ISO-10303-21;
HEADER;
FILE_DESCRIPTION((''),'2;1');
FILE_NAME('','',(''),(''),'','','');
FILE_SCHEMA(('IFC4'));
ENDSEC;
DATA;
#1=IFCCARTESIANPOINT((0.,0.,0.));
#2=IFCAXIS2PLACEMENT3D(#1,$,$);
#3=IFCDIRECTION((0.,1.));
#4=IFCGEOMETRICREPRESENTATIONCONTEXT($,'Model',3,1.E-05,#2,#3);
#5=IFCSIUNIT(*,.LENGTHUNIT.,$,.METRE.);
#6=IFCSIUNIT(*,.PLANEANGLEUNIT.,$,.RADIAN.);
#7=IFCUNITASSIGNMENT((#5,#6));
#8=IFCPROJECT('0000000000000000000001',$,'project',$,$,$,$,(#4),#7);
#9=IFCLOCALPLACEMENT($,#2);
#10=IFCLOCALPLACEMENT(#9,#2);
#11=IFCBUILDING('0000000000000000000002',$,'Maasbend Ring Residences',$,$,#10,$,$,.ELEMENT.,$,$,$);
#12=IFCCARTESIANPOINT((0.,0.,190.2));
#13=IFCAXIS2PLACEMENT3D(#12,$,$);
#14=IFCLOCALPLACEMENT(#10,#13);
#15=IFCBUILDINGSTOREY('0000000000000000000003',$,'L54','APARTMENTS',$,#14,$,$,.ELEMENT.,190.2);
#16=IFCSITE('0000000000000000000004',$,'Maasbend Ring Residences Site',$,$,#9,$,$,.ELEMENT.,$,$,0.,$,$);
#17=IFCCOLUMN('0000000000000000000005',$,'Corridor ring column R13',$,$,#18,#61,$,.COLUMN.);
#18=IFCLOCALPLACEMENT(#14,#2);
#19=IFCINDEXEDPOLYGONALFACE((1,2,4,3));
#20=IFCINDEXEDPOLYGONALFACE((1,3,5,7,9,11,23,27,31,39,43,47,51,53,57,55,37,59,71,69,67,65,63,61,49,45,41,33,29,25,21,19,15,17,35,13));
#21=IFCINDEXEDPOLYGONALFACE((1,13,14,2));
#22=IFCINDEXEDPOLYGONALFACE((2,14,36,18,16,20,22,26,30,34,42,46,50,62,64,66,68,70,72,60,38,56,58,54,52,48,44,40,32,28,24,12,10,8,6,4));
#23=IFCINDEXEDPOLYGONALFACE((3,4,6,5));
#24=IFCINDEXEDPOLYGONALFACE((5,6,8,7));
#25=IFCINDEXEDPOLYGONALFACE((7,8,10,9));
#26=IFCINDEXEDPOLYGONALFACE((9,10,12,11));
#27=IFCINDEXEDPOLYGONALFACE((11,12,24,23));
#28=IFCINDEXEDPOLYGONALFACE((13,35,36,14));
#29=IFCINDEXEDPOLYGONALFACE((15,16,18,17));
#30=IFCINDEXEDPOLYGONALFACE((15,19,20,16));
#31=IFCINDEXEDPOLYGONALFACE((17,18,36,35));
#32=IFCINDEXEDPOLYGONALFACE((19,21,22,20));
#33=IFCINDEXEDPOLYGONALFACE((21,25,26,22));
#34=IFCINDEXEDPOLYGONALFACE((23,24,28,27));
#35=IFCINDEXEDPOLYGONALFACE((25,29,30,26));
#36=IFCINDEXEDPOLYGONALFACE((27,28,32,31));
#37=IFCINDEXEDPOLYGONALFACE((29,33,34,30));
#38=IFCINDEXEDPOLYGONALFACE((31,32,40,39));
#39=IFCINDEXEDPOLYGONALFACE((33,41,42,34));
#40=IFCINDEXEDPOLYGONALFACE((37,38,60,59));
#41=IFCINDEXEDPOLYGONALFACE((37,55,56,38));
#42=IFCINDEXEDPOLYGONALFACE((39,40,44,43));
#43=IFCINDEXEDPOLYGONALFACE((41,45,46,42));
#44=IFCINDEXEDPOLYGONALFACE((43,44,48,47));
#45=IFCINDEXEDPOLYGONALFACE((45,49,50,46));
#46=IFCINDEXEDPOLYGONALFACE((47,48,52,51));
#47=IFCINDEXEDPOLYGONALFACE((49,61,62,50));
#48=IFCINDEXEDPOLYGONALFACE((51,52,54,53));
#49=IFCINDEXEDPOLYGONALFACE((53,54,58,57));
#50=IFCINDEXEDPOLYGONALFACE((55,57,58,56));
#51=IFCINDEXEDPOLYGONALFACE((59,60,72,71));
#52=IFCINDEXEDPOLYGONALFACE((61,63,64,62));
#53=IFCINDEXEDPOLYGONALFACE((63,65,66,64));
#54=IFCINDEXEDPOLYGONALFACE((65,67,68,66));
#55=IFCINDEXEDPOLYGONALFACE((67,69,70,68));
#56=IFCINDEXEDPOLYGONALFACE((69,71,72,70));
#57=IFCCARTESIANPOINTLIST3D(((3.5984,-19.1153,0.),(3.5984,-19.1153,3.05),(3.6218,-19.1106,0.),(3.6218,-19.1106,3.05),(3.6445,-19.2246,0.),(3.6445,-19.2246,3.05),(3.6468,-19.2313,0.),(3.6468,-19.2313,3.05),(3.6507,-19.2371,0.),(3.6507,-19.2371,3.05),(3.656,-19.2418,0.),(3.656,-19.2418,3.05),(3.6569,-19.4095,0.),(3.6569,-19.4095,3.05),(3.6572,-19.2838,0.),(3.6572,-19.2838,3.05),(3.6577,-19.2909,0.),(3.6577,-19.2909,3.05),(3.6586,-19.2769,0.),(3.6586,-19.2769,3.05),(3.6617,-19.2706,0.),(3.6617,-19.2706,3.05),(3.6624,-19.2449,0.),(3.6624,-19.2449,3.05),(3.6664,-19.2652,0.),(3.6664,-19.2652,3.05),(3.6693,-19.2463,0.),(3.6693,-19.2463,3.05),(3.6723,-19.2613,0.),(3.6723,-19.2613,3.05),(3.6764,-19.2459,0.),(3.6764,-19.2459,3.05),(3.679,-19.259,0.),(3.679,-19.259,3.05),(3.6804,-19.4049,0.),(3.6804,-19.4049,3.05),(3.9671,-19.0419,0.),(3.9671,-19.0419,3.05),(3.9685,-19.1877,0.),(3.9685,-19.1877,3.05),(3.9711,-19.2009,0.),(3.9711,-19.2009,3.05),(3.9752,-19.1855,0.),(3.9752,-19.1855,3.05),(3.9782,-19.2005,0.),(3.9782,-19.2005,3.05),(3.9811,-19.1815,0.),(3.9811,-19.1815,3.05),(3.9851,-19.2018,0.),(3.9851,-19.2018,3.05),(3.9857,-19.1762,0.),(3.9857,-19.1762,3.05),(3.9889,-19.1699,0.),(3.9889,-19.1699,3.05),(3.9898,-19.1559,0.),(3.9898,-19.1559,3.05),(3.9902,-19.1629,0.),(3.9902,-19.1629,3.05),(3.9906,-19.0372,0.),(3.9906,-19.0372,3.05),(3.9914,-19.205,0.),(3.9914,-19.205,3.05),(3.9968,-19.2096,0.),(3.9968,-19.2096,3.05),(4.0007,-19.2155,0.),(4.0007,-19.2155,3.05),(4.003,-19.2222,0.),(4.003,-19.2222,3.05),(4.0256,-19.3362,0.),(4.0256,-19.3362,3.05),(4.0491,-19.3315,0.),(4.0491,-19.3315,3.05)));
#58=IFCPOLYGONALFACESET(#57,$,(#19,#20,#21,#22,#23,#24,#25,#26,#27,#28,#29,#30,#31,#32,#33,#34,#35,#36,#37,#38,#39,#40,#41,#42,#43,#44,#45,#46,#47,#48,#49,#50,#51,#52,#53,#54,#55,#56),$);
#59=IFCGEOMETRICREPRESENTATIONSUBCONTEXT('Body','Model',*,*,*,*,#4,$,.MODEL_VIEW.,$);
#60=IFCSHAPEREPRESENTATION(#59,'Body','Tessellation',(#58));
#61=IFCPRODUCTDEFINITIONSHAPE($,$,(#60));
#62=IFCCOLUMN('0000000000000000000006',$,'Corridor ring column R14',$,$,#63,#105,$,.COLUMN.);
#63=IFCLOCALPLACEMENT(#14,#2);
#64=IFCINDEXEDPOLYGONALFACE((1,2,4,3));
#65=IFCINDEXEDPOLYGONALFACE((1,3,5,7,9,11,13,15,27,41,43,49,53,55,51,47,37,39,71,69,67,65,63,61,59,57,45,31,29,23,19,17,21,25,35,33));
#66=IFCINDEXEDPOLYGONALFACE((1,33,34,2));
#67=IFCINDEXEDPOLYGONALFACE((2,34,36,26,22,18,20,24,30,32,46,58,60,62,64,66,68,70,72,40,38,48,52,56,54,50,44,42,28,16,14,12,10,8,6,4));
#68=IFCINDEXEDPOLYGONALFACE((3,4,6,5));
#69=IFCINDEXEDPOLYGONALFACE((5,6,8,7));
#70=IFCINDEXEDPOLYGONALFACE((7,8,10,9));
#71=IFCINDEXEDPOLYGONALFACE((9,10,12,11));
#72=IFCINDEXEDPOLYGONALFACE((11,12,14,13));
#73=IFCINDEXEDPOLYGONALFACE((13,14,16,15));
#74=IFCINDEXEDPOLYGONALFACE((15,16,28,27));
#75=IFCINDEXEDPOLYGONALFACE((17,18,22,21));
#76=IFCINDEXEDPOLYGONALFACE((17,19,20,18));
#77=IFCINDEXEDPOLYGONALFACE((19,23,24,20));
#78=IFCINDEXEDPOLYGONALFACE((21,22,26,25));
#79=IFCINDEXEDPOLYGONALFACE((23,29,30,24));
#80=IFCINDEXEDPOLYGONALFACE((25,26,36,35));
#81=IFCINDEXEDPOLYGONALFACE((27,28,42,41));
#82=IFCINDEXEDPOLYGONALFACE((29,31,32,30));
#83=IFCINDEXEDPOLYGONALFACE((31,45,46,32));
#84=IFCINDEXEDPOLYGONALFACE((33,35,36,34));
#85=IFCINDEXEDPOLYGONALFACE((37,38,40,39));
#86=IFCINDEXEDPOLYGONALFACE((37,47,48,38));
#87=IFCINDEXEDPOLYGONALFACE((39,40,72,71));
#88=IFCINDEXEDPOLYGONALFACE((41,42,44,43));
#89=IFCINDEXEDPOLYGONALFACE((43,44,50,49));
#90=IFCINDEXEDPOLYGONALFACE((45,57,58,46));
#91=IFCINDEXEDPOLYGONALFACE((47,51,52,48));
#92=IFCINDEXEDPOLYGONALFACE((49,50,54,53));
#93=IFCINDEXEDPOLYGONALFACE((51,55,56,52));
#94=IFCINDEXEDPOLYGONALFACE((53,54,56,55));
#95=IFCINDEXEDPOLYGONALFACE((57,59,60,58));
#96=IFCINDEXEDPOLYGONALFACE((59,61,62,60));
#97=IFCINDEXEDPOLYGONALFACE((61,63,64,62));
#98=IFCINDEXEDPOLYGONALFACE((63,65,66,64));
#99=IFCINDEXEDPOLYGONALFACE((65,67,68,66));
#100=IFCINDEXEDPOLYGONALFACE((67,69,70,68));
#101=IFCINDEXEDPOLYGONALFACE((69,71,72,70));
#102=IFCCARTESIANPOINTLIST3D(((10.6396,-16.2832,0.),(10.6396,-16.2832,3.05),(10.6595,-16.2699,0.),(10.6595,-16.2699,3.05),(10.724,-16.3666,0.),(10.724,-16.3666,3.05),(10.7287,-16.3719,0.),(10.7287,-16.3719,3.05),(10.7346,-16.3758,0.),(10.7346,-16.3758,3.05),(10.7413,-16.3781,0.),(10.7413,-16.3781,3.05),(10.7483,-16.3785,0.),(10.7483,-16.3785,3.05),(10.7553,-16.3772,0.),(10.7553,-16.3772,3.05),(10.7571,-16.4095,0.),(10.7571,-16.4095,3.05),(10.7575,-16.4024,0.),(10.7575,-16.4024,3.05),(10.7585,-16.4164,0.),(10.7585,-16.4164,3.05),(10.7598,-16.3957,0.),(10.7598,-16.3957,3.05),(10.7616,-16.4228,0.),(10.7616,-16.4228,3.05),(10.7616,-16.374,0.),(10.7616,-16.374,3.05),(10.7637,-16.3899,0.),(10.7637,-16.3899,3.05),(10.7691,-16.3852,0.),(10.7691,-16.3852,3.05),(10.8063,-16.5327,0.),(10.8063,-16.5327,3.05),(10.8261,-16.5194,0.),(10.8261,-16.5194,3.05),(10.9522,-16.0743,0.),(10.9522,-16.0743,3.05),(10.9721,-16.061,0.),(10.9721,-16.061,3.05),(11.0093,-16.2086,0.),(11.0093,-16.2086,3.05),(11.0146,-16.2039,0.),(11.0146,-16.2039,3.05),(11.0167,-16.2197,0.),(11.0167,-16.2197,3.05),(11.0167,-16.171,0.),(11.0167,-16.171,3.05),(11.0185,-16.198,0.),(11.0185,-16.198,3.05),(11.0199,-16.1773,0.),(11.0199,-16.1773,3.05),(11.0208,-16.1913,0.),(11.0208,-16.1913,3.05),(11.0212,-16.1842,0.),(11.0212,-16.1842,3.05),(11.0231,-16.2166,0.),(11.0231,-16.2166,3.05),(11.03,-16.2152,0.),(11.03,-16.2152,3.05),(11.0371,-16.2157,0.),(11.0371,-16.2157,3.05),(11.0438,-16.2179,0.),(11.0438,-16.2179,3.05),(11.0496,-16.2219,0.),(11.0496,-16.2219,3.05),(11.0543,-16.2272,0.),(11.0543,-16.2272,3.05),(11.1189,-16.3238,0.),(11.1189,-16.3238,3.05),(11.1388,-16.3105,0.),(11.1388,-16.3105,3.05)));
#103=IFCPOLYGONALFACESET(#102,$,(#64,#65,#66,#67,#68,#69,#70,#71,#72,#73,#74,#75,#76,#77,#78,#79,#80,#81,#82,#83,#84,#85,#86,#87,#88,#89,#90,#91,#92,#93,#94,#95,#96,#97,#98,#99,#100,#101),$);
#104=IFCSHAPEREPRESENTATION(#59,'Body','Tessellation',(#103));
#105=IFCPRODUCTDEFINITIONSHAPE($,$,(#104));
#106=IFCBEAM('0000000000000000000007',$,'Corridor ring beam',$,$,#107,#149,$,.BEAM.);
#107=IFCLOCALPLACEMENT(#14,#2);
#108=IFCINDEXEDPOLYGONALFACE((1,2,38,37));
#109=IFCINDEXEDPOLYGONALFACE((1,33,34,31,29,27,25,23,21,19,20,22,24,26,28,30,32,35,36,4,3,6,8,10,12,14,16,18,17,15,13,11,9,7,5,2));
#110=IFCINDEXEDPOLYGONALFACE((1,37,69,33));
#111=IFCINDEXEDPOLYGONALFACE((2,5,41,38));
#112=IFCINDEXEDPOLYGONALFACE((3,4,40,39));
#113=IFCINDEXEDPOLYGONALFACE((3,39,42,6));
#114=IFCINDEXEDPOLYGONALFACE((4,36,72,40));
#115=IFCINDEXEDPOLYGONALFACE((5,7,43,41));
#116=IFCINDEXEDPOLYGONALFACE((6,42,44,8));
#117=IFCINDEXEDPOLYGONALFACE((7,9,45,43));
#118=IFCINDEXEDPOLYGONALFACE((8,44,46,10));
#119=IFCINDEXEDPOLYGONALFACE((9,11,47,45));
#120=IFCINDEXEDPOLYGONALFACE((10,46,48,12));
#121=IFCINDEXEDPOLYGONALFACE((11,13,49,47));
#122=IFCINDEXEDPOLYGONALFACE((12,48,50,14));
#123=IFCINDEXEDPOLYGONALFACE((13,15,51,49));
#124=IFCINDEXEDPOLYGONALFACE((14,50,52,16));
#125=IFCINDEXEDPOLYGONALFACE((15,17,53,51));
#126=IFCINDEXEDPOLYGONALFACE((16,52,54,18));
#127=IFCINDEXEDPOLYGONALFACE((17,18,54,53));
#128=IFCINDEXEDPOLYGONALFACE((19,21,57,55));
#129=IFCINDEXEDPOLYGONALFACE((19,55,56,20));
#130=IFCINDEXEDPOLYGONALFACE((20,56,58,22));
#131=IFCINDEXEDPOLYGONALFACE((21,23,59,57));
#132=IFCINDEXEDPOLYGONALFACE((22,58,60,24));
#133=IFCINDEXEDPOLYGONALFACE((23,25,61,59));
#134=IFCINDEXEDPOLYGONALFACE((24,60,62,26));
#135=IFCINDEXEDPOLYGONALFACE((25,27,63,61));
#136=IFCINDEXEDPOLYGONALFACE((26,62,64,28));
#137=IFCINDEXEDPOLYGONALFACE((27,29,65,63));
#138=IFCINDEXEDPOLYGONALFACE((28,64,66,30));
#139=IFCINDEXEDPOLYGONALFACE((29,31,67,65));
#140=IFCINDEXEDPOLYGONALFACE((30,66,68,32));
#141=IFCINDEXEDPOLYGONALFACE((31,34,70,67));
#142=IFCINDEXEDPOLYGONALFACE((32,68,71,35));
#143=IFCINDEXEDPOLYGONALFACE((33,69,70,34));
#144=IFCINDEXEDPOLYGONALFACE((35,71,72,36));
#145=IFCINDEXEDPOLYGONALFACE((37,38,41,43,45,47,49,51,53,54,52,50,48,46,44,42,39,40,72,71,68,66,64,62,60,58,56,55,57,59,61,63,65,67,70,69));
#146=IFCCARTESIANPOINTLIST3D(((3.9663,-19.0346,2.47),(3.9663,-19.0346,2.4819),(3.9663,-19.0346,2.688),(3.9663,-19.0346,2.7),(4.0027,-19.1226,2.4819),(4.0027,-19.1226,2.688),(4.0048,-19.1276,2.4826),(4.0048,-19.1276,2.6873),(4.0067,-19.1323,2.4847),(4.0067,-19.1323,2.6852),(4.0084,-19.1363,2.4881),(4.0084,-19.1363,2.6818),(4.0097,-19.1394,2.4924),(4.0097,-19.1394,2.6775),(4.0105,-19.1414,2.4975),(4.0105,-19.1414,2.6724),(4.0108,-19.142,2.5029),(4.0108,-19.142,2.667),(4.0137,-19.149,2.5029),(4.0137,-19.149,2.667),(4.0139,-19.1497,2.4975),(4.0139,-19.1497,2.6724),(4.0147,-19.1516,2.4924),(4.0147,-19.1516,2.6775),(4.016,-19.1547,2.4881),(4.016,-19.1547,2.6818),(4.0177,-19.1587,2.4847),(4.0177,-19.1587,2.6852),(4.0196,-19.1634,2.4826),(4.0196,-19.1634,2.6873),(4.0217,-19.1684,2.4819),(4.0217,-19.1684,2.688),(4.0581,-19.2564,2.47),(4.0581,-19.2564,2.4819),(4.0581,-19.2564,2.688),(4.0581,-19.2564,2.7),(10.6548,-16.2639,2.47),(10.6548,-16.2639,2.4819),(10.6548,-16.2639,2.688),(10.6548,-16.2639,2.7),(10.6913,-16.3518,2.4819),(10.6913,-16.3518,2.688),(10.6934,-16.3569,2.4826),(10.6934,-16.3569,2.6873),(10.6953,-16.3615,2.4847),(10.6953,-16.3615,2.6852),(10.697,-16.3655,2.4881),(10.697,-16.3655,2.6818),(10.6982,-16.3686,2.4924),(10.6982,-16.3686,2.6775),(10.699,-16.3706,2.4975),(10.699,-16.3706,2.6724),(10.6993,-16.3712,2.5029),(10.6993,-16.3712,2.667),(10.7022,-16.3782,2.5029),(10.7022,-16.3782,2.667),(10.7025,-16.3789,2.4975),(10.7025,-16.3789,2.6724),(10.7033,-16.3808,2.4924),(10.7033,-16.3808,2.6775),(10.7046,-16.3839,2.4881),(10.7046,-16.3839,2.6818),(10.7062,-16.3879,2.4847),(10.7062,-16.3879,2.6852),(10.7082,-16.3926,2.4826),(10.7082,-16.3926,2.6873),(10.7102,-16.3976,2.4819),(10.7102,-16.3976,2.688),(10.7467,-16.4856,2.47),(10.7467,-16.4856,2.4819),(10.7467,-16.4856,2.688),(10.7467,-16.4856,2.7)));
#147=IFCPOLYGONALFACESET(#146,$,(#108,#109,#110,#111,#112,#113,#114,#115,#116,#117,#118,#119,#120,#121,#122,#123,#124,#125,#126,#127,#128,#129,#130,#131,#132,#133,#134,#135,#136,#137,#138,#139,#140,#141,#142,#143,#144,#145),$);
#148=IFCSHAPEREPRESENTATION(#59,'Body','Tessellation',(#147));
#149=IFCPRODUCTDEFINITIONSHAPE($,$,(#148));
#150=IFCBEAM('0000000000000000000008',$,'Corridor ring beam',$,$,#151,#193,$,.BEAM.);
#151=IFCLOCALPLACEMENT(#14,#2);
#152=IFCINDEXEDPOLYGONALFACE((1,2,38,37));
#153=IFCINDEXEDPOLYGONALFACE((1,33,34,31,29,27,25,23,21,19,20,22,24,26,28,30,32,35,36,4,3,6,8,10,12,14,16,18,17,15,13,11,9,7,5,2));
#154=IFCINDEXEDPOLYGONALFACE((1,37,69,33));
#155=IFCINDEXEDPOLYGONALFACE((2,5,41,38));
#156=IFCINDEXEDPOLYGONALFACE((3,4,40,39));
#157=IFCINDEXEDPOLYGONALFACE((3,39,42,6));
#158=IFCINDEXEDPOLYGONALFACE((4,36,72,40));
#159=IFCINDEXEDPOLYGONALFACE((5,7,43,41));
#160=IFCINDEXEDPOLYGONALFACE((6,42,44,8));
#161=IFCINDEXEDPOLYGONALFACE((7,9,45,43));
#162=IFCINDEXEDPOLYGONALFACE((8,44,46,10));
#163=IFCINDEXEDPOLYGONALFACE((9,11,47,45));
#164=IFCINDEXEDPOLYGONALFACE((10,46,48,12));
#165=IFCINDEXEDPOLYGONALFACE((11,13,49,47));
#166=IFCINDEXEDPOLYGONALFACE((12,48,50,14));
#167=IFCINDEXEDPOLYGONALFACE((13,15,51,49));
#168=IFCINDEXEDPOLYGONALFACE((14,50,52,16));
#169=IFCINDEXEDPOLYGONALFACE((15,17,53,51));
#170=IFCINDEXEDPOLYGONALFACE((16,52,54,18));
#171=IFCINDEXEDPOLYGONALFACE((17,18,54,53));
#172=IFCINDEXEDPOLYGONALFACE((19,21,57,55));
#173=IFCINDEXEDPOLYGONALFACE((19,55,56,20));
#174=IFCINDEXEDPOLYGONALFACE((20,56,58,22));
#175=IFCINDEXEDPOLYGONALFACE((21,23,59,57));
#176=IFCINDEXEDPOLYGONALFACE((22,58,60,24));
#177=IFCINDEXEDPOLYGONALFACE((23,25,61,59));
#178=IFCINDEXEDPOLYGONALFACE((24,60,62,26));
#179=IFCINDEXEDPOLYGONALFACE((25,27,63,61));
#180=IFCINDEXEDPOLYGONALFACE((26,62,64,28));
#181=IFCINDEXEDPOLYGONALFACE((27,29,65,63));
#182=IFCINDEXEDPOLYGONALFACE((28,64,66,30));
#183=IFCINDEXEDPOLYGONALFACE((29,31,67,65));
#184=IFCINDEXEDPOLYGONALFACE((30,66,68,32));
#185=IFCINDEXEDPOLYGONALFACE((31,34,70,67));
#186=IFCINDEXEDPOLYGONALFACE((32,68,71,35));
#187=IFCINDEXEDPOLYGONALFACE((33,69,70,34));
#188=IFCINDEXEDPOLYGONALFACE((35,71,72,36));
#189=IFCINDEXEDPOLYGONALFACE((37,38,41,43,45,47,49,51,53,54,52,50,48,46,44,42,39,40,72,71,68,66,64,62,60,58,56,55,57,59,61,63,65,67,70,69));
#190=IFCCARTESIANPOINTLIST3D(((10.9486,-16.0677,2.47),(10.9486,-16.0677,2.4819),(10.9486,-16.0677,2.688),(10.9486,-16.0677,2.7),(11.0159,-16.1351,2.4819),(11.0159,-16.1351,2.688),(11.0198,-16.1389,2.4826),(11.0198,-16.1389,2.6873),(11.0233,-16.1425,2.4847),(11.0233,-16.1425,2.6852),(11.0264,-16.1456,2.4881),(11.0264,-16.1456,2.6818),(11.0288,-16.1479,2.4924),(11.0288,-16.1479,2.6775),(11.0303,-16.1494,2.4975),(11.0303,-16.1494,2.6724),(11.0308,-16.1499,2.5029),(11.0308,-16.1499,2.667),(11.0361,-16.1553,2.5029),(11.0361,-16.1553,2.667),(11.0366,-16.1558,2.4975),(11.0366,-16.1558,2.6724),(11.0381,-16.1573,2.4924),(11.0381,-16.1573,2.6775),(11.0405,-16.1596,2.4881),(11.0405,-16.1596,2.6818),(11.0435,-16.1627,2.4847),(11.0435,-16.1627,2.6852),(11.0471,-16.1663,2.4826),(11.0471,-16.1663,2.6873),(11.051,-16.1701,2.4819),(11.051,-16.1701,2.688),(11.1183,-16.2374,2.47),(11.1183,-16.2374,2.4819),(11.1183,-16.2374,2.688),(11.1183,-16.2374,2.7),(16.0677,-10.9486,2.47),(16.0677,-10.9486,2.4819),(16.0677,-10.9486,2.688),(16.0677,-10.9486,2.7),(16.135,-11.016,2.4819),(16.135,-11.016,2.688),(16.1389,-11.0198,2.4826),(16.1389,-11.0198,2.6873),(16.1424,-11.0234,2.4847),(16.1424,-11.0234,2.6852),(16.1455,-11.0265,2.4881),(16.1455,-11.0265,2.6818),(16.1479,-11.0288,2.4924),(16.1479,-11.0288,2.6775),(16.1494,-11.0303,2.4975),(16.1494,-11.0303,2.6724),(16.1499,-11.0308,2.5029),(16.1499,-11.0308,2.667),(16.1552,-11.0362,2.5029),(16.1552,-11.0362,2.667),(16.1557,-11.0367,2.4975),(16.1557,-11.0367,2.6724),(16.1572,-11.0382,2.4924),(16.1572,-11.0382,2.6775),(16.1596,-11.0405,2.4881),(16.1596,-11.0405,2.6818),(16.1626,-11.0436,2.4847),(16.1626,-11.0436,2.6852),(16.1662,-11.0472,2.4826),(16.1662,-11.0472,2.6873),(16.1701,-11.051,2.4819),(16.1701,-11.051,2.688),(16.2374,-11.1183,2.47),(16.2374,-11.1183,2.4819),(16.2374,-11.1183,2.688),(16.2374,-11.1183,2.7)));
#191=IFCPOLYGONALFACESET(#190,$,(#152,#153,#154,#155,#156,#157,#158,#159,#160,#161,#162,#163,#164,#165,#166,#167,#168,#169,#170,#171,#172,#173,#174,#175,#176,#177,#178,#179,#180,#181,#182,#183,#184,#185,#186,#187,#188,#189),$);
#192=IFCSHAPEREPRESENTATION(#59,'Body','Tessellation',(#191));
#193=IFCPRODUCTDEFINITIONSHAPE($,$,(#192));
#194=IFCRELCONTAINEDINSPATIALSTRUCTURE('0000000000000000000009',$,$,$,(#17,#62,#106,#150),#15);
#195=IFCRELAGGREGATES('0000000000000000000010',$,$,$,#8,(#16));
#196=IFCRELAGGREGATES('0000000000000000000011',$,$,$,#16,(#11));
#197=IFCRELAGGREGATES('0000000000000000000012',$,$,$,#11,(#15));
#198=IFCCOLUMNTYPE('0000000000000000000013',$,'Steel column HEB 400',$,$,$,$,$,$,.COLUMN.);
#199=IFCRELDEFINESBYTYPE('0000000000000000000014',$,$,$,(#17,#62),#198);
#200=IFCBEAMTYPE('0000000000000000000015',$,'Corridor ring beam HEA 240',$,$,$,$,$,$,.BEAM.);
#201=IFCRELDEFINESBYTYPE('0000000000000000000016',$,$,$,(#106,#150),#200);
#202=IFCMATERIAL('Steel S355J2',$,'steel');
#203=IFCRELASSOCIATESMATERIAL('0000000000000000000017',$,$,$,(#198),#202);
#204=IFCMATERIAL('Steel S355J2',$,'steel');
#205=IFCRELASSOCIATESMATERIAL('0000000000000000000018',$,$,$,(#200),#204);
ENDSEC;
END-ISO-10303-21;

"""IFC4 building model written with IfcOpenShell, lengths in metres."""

from ifc_helpers import new_model, si_unit, direction, frame, origin, origin_2d, place, context, subcontext, project, spatial, i_section, extrude, material, material_profile, profile_set, type_object, element, save


model = new_model("IFC4")

# Units and contexts
model_context = context("Model", 3, precision=1e-05, world=origin(), true_north=direction((0.0, 1.0)))
body_context = subcontext(model_context, "Body", "Model", "MODEL_VIEW")
ifc_project = project(units=[si_unit("LENGTHUNIT", "METRE"), si_unit("PLANEANGLEUNIT", "RADIAN")], contexts=[model_context])

# Site, building, storey
site_placement = place(None, origin())
site = spatial("IfcSite", under=ifc_project, at=site_placement, Name="Maasbend Ring Residences Site", CompositionType="ELEMENT", RefElevation=0.0)
building_placement = place(site_placement, origin())
building = spatial("IfcBuilding", under=site, at=building_placement, Name="Maasbend Ring Residences", CompositionType="ELEMENT")
storey_placement = place(building_placement, frame((0.0, 0.0, 190.2)))
storey = spatial("IfcBuildingStorey", under=building, at=storey_placement, Name="L54", Description="APARTMENTS", CompositionType="ELEMENT", Elevation=190.2)

# Columns
ifc_material_1 = material(Name="Steel S355J2", Category="steel")
ifc_material_profile_1 = material_profile(ifc_material_1, i_section(OverallWidth=0.3, OverallDepth=0.3999, WebThickness=0.0134, FlangeThickness=0.0239, FilletRadius=0.0271, at=origin_2d()), Name="HEB 400")
ifc_profile_set_1 = profile_set([ifc_material_profile_1], Name="Steel S355J2")
column_type = type_object("IfcColumnType", Name="Steel column HEB 400", PredefinedType="COLUMN", material=ifc_profile_set_1)
for number, where, z_axis, x_axis, name in (
    (1, (3.8237, -19.2234, 0.0), (0.0, 0.0, 1.0), (0.19509, -0.980785, 0.0), "Corridor ring column R13"),
    (2, (10.8892, -16.2969, 0.0), (0.0, 0.0, 1.0), (0.55557, -0.83147, 0.0), "Corridor ring column R14"),
):
    element("IfcColumn", number, at=place(storey_placement, frame(where, z_axis=z_axis, x_axis=x_axis)), inside=storey, type_object=column_type, Name=name, PredefinedType="COLUMN", context=body_context, shape_type="SweptSolid", body=[
        extrude(i_section(OverallWidth=0.3, OverallDepth=0.3999, WebThickness=0.0134, FlangeThickness=0.0239, FilletRadius=0.0271, at=origin_2d()), origin(), (0.0, 0.0, 1.0), 3.05),
    ])

# Beams
ifc_material_2 = material(Name="Steel S355J2", Category="steel")
ifc_material_profile_2 = material_profile(ifc_material_2, i_section(OverallWidth=0.24, OverallDepth=0.23, WebThickness=0.0076, FlangeThickness=0.012, FilletRadius=0.021, at=origin_2d()), Name="HEA 240")
ifc_profile_set_2 = profile_set([ifc_material_profile_2], Name="Steel S355J2")
beam_type = type_object("IfcBeamType", Name="Corridor ring beam HEA 240", PredefinedType="BEAM", material=ifc_profile_set_2)
beam_1_placement = place(storey_placement, frame((4.0122, -19.1455, 2.585), z_axis=(0.923865, 0.382718, 0.0), x_axis=(-0.382718, 0.923865, 0.0)))
element("IfcBeam", 3, at=beam_1_placement, inside=storey, type_object=beam_type, Name="Corridor ring beam", PredefinedType="BEAM", context=body_context, shape_type="SweptSolid", body=[
    extrude(i_section(OverallWidth=0.24, OverallDepth=0.23, WebThickness=0.0076, FlangeThickness=0.012, FilletRadius=0.021, at=origin_2d()), origin(), (0.0, 0.0, 1.0), 7.2397),
])
beam_2_placement = place(storey_placement, frame((11.0334, -16.1526, 2.585), z_axis=(0.707107, 0.707107, 0.0), x_axis=(-0.707107, 0.707107, 0.0)))
element("IfcBeam", 4, at=beam_2_placement, inside=storey, type_object=beam_type, Name="Corridor ring beam", PredefinedType="BEAM", context=body_context, shape_type="SweptSolid", body=[
    extrude(i_section(OverallWidth=0.24, OverallDepth=0.23, WebThickness=0.0076, FlangeThickness=0.012, FilletRadius=0.021, at=origin_2d()), origin(), (0.0, 0.0, 1.0), 7.2395),
])

save(model, "model.ifc")
